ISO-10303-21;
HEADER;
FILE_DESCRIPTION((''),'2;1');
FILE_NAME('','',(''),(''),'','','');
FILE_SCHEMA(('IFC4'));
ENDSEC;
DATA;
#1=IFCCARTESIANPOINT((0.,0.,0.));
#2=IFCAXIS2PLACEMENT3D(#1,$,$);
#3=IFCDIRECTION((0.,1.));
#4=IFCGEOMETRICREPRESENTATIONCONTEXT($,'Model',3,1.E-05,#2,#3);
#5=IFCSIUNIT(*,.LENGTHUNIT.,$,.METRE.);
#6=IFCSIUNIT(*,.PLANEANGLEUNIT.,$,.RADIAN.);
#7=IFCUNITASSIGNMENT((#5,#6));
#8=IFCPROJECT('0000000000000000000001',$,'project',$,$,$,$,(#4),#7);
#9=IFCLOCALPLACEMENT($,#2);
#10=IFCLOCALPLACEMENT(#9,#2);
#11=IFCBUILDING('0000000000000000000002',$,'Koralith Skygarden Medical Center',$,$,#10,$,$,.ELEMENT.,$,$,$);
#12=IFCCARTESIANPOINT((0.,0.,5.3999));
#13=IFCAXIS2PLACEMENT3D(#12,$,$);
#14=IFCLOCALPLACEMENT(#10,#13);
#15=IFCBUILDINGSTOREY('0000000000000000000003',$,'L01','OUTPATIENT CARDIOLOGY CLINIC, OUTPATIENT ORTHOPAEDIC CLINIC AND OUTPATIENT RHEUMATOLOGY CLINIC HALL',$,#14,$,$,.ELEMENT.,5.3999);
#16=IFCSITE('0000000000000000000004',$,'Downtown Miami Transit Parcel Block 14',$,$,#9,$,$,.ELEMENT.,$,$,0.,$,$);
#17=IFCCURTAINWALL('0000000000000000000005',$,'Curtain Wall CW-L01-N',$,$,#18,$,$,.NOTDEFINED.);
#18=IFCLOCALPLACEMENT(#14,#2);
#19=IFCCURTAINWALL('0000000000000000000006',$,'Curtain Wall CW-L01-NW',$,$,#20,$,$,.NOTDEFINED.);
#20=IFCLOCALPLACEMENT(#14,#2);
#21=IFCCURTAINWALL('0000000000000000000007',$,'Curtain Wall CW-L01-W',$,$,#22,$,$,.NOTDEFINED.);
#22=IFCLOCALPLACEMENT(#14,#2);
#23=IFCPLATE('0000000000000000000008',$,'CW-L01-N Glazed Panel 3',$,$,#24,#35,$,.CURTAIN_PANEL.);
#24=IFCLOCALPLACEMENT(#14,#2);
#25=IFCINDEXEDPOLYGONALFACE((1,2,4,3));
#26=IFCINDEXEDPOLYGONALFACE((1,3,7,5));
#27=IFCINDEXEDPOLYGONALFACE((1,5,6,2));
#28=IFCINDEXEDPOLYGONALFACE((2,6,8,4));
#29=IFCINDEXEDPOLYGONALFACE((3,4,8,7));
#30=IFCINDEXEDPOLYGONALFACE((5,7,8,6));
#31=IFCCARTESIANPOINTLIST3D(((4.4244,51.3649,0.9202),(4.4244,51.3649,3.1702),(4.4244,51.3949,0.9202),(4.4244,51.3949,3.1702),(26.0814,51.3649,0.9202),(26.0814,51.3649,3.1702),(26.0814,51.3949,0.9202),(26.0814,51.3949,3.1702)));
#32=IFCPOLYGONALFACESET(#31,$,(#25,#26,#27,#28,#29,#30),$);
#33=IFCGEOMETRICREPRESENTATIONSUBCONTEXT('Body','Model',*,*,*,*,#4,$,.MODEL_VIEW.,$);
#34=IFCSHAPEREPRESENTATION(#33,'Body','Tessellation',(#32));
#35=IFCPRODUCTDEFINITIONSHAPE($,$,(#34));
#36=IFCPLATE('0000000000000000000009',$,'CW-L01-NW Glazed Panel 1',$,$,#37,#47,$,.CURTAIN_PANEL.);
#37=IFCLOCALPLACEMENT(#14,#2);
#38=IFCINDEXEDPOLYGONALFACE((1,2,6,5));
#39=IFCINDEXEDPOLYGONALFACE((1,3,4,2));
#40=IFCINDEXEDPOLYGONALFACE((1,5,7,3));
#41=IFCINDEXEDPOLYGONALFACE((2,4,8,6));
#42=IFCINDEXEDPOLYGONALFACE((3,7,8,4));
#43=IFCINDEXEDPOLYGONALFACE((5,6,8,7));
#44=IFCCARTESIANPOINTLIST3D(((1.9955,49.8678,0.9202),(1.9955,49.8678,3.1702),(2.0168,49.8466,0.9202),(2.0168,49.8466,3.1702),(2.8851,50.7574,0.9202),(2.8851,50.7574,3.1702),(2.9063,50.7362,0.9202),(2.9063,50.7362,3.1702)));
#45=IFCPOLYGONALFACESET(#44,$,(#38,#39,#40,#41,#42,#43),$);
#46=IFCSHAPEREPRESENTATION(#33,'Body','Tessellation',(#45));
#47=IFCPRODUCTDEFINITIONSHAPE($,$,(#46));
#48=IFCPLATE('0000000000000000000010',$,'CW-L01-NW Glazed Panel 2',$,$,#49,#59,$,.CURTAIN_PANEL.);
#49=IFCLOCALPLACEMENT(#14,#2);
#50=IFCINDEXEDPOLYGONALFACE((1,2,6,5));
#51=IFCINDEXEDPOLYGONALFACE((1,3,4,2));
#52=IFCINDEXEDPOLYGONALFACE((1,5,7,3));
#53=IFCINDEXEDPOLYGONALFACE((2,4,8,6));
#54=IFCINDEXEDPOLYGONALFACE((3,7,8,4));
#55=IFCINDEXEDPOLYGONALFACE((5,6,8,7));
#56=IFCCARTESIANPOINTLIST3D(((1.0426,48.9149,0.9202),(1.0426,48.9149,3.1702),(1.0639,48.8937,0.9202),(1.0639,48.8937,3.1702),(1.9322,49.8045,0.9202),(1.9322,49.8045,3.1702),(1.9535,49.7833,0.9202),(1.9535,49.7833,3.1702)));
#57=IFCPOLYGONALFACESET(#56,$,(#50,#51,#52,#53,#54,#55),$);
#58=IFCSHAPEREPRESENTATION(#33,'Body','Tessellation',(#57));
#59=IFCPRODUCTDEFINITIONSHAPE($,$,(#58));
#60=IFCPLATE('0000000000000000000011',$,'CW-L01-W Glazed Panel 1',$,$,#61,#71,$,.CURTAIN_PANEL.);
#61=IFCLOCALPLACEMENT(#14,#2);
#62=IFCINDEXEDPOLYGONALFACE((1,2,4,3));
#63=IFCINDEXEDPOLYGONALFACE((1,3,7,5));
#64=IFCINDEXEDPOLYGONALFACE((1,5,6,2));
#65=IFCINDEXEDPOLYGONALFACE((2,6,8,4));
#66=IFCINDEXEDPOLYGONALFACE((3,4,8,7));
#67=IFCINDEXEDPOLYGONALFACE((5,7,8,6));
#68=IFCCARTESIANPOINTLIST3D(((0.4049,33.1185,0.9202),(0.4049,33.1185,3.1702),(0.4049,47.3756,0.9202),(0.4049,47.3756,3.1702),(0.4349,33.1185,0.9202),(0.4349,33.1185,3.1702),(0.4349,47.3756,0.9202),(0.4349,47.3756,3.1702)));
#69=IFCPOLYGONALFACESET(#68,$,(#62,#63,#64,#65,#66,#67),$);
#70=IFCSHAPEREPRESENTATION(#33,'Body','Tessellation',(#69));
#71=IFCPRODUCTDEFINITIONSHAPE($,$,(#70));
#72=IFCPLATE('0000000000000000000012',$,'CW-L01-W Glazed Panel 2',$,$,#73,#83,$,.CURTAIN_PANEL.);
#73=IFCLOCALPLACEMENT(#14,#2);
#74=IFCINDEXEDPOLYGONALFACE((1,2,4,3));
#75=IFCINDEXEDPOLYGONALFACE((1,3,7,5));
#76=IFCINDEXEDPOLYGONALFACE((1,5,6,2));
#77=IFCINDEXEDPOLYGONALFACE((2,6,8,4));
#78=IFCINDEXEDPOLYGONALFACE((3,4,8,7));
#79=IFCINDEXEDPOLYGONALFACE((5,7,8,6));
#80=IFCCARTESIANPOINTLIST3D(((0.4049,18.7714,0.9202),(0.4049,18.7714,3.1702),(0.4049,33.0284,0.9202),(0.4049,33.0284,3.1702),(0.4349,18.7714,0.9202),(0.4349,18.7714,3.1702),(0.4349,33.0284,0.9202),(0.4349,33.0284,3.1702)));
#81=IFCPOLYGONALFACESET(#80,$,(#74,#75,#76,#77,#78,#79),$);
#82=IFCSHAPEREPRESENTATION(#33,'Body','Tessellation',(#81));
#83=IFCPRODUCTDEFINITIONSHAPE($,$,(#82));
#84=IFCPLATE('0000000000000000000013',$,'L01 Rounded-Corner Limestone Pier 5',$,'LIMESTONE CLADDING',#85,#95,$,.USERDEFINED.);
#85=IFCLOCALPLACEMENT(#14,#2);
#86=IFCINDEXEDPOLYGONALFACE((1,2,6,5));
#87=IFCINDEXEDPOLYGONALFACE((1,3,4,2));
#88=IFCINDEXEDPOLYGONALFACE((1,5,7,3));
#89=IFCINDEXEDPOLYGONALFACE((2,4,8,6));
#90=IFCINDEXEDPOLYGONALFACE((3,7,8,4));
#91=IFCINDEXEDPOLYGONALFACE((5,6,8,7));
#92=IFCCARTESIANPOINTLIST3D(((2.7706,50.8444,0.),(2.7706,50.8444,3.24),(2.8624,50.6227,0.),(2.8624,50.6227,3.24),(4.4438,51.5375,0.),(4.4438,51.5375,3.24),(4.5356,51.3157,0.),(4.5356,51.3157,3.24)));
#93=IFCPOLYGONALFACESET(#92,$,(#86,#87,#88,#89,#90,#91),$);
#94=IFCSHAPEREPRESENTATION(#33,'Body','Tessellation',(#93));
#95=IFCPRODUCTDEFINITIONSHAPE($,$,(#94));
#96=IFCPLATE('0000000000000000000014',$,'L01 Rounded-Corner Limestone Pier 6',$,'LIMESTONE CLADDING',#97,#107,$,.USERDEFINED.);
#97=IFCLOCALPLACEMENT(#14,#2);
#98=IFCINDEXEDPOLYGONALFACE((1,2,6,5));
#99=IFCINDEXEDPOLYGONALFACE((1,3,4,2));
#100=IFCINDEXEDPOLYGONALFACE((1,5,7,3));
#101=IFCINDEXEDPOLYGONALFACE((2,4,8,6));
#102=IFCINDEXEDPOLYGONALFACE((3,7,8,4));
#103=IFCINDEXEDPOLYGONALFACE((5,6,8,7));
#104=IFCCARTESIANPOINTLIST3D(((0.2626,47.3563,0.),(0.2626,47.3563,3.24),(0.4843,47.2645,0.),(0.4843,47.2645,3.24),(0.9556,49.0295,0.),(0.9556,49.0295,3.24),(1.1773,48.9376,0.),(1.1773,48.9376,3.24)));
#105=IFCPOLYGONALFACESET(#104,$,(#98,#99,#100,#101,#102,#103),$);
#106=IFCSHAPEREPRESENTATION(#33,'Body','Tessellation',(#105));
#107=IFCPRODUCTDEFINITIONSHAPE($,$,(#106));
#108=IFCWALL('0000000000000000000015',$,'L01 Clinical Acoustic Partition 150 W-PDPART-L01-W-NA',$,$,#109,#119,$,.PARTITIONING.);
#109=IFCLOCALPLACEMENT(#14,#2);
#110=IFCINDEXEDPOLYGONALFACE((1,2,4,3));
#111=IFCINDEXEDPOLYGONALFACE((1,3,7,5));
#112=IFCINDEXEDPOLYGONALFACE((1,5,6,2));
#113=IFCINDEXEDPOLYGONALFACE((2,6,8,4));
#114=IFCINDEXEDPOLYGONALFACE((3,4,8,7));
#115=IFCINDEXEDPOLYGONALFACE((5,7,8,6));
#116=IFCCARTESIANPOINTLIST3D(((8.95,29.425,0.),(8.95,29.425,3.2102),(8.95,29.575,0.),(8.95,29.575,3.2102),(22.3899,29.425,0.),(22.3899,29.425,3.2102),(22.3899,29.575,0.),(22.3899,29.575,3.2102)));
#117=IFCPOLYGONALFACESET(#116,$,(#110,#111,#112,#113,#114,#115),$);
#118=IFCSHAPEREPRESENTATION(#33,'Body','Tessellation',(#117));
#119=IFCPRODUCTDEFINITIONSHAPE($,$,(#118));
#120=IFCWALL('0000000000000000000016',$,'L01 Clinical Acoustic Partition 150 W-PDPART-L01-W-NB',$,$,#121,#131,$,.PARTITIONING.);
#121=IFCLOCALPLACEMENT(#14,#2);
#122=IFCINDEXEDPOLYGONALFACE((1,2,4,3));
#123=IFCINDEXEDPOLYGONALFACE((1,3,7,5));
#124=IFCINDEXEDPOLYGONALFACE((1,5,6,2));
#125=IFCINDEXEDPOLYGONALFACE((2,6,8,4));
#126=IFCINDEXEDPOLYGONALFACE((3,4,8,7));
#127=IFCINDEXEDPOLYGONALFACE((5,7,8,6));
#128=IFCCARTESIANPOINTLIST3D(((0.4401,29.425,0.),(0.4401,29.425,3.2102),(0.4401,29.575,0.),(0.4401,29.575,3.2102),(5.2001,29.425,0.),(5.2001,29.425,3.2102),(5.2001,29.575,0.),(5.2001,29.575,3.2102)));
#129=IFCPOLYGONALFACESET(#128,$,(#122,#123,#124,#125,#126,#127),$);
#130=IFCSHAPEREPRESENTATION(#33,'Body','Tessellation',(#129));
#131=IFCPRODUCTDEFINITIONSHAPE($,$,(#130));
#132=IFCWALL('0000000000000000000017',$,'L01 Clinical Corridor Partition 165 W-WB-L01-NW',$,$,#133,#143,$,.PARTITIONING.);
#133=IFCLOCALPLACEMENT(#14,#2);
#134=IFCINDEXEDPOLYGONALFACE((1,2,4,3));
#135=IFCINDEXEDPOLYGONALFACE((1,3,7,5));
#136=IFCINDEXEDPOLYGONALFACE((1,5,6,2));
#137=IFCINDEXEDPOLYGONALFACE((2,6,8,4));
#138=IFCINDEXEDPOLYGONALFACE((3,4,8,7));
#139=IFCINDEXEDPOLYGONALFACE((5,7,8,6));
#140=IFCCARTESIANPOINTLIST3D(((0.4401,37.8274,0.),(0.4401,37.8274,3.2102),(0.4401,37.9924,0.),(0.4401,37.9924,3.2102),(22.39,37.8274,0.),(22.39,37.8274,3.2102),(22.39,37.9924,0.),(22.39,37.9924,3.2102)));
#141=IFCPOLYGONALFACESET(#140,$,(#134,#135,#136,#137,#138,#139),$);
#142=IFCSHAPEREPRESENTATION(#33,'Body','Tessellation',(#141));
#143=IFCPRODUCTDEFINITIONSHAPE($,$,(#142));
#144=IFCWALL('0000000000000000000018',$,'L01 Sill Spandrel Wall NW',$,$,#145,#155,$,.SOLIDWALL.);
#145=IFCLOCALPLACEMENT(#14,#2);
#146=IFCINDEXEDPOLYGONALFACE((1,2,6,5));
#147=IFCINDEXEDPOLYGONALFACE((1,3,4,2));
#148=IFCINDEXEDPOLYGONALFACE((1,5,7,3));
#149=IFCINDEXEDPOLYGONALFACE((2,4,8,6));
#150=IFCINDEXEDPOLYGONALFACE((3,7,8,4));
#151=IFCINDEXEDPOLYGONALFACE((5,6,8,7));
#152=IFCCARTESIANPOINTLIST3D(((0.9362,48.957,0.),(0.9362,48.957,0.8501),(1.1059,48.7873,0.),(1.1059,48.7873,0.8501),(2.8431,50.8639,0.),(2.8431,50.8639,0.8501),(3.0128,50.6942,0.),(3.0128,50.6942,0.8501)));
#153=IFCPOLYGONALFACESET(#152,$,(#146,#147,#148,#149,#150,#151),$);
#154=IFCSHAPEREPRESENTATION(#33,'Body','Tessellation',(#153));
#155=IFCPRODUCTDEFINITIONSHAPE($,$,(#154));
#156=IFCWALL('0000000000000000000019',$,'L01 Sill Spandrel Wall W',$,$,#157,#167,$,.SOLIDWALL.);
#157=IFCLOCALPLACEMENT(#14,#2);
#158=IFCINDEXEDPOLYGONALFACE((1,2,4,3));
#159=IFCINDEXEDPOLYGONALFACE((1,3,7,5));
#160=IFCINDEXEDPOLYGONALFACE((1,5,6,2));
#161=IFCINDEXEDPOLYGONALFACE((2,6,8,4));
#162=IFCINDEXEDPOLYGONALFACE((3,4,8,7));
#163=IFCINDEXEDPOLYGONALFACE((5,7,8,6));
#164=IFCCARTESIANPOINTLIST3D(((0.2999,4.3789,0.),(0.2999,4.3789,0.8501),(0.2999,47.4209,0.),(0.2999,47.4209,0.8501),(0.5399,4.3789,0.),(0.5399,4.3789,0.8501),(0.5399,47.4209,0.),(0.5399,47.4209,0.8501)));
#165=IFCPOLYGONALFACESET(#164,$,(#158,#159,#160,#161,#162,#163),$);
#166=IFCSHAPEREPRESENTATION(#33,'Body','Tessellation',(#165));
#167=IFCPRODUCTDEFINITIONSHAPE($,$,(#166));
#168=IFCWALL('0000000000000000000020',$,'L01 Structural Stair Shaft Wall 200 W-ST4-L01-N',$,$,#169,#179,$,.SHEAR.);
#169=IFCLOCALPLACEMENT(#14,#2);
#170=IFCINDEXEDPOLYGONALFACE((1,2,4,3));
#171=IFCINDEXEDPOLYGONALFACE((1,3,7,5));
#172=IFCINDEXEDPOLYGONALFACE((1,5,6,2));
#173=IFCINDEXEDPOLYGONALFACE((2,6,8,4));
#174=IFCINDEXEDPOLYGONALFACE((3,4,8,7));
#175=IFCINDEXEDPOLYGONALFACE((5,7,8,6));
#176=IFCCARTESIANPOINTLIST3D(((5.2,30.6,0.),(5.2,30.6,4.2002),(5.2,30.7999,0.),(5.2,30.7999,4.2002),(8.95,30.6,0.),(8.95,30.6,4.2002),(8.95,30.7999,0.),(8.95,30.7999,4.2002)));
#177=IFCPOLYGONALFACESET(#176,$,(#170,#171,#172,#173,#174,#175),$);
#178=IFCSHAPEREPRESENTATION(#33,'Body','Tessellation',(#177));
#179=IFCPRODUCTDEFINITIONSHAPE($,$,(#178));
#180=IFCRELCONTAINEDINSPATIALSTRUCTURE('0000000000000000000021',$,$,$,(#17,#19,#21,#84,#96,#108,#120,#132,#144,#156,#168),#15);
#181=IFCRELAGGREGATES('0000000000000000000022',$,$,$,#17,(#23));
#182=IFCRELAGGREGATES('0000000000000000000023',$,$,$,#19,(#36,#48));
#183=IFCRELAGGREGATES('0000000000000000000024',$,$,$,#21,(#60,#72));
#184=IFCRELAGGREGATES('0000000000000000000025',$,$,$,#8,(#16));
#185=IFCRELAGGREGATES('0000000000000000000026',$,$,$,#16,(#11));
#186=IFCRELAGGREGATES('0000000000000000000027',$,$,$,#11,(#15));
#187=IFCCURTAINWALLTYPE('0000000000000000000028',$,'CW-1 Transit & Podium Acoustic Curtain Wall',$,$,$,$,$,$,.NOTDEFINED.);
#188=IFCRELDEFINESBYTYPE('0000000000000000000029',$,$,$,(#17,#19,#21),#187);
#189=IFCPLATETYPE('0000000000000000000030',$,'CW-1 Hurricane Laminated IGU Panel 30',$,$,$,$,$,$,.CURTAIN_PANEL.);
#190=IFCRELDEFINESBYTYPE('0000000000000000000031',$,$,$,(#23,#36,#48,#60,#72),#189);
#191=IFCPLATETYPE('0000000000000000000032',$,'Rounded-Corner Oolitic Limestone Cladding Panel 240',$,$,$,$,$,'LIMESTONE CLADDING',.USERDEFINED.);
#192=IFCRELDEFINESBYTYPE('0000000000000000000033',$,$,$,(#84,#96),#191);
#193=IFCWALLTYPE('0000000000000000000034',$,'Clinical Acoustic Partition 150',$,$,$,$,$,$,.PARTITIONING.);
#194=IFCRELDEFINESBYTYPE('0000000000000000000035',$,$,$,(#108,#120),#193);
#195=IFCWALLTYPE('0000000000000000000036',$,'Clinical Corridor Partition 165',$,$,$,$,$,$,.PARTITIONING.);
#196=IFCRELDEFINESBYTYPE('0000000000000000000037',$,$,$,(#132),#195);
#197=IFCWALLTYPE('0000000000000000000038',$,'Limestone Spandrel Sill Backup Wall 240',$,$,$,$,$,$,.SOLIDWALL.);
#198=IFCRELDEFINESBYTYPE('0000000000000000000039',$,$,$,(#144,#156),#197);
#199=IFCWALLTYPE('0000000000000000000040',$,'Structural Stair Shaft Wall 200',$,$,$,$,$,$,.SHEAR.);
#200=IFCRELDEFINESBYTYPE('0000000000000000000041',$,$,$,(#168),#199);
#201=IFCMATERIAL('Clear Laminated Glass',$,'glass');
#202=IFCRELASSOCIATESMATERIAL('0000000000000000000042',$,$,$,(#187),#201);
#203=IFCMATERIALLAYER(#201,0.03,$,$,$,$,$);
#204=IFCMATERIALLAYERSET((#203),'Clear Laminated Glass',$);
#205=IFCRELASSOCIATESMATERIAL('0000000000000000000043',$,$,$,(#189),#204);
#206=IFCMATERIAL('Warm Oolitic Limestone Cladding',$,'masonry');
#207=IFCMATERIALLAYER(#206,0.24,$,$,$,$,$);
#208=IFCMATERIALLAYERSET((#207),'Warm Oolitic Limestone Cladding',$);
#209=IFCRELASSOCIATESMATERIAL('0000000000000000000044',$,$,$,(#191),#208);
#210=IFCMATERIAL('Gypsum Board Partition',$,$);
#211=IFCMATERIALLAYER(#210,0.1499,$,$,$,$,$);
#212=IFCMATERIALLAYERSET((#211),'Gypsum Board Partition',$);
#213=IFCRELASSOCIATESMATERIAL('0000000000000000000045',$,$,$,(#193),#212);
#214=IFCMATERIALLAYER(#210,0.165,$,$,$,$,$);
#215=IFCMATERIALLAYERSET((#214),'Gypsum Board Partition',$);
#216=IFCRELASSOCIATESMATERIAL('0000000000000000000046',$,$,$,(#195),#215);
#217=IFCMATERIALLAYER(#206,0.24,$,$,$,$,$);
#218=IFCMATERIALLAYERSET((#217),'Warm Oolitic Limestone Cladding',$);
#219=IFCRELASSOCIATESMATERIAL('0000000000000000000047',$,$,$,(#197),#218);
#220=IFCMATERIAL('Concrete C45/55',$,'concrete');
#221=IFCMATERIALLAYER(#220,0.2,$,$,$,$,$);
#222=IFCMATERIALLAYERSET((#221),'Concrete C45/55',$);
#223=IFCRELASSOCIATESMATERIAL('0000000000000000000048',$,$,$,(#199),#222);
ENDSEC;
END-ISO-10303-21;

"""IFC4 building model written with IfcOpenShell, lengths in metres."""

from ifc_helpers import new_model, si_unit, direction, frame, frame_2d, origin, origin_2d, place, context, subcontext, project, spatial, rectangle, extrude, material, layer, layer_set, type_object, element, aggregate, save


model = new_model("IFC4")

# Units and contexts
model_context = context("Model", 3, precision=1e-05, world=origin(), true_north=direction((0.0, 1.0)))
body_context = subcontext(model_context, "Body", "Model", "MODEL_VIEW")
ifc_project = project(units=[si_unit("LENGTHUNIT", "METRE"), si_unit("PLANEANGLEUNIT", "RADIAN")], contexts=[model_context])

# Site, building, storey
site_placement = place(None, origin())
site = spatial("IfcSite", under=ifc_project, at=site_placement, Name="Downtown Miami Transit Parcel Block 14", CompositionType="ELEMENT", RefElevation=0.0)
building_placement = place(site_placement, origin())
building = spatial("IfcBuilding", under=site, at=building_placement, Name="Koralith Skygarden Medical Center", CompositionType="ELEMENT")
storey_placement = place(building_placement, frame((0.0, 0.0, 5.3999)))
storey = spatial("IfcBuildingStorey", under=building, at=storey_placement, Name="L01", Description="OUTPATIENT CARDIOLOGY CLINIC, OUTPATIENT ORTHOPAEDIC CLINIC AND OUTPATIENT RHEUMATOLOGY CLINIC HALL", CompositionType="ELEMENT", Elevation=5.3999)

# Curtain wall
ifc_material_1 = material(Name="Clear Laminated Glass", Category="glass")
curtain_wall_type = type_object("IfcCurtainWallType", Name="CW-1 Transit & Podium Acoustic Curtain Wall", PredefinedType="NOTDEFINED", material=ifc_material_1)
curtain_wall_1_placement = place(storey_placement, origin())
curtain_wall_1 = element("IfcCurtainWall", 1, at=curtain_wall_1_placement, inside=storey, type_object=curtain_wall_type, Name="Curtain Wall CW-L01-N", PredefinedType="NOTDEFINED")

# Curtain walls
curtain_wall_2_placement = place(storey_placement, origin())
curtain_wall_2 = element("IfcCurtainWall", 2, at=curtain_wall_2_placement, inside=storey, type_object=curtain_wall_type, Name="Curtain Wall CW-L01-NW", PredefinedType="NOTDEFINED")
curtain_wall_3_placement = place(storey_placement, origin())
curtain_wall_3 = element("IfcCurtainWall", 3, at=curtain_wall_3_placement, inside=storey, type_object=curtain_wall_type, Name="Curtain Wall CW-L01-W", PredefinedType="NOTDEFINED")

# Plates
ifc_layer_1 = layer(ifc_material_1, 0.03)
ifc_layer_set_1 = layer_set([ifc_layer_1], Name="Clear Laminated Glass")
plate_type_1 = type_object("IfcPlateType", Name="CW-1 Hurricane Laminated IGU Panel 30", PredefinedType="CURTAIN_PANEL", material=ifc_layer_set_1)
plate_1_placement = place(storey_placement, frame((15.2529, 51.3799, 0.9202), z_axis=(0.0, 0.0, 1.0), x_axis=(-1.0, 0.0, 0.0)))
plate_1 = element("IfcPlate", 4, at=plate_1_placement, type_object=plate_type_1, Name="CW-L01-N Glazed Panel 3", PredefinedType="CURTAIN_PANEL", context=body_context, shape_type="SweptSolid", body=[
    extrude(rectangle(XDim=21.657, YDim=0.03, at=origin_2d()), origin(), (0.0, 0.0, 1.0), 2.25),
])
aggregate(curtain_wall_1, [plate_1])
plate_2_placement = place(storey_placement, frame((2.4509, 50.302, 0.9202), z_axis=(0.0, 0.0, 1.0), x_axis=(-0.707107, -0.707107, 0.0)))
plate_2 = element("IfcPlate", 5, at=plate_2_placement, type_object=plate_type_1, Name="CW-L01-NW Glazed Panel 1", PredefinedType="CURTAIN_PANEL", context=body_context, shape_type="SweptSolid", body=[
    extrude(rectangle(XDim=1.2581, YDim=0.03, at=origin_2d()), origin(), (0.0, 0.0, 1.0), 2.25),
])
plate_3_placement = place(storey_placement, frame((1.498, 49.3491, 0.9202), z_axis=(0.0, 0.0, 1.0), x_axis=(-0.707107, -0.707107, 0.0)))
plate_3 = element("IfcPlate", 6, at=plate_3_placement, type_object=plate_type_1, Name="CW-L01-NW Glazed Panel 2", PredefinedType="CURTAIN_PANEL", context=body_context, shape_type="SweptSolid", body=[
    extrude(rectangle(XDim=1.2581, YDim=0.03, at=origin_2d()), origin(), (0.0, 0.0, 1.0), 2.25),
])
aggregate(curtain_wall_2, [plate_2, plate_3])
plate_4_placement = place(storey_placement, frame((0.4199, 40.2471, 0.9202), z_axis=(0.0, 0.0, 1.0), x_axis=(0.0, -1.0, 0.0)))
plate_4 = element("IfcPlate", 7, at=plate_4_placement, type_object=plate_type_1, Name="CW-L01-W Glazed Panel 1", PredefinedType="CURTAIN_PANEL", context=body_context, shape_type="SweptSolid", body=[
    extrude(rectangle(XDim=14.2571, YDim=0.03, at=origin_2d()), origin(), (0.0, 0.0, 1.0), 2.25),
])
plate_5_placement = place(storey_placement, frame((0.4199, 25.8999, 0.9202), z_axis=(0.0, 0.0, 1.0), x_axis=(0.0, -1.0, 0.0)))
plate_5 = element("IfcPlate", 8, at=plate_5_placement, type_object=plate_type_1, Name="CW-L01-W Glazed Panel 2", PredefinedType="CURTAIN_PANEL", context=body_context, shape_type="SweptSolid", body=[
    extrude(rectangle(XDim=14.2571, YDim=0.03, at=origin_2d()), origin(), (0.0, 0.0, 1.0), 2.25),
])
aggregate(curtain_wall_3, [plate_4, plate_5])

# Plates
ifc_material_2 = material(Name="Warm Oolitic Limestone Cladding", Category="masonry")
ifc_layer_2 = layer(ifc_material_2, 0.24)
ifc_layer_set_2 = layer_set([ifc_layer_2], Name="Warm Oolitic Limestone Cladding")
plate_type_2 = type_object("IfcPlateType", Name="Rounded-Corner Oolitic Limestone Cladding Panel 240", ElementType="LIMESTONE CLADDING", PredefinedType="USERDEFINED", material=ifc_layer_set_2)
for number, where, z_axis, x_axis, name in (
    (9, (3.6531, 51.0801, 0.0), (0.0, 0.0, 1.0), (-0.923885, -0.382671, 0.0), "L01 Rounded-Corner Limestone Pier 5"),
    (10, (0.72, 48.147, 0.0), (0.0, 0.0, 1.0), (-0.382671, -0.923885, 0.0), "L01 Rounded-Corner Limestone Pier 6"),
):
    element("IfcPlate", number, at=place(storey_placement, frame(where, z_axis=z_axis, x_axis=x_axis)), inside=storey, type_object=plate_type_2, Name=name, ObjectType="LIMESTONE CLADDING", PredefinedType="USERDEFINED", context=body_context, shape_type="SweptSolid", body=[
        extrude(rectangle(XDim=1.811, YDim=0.24, at=origin_2d()), origin(), (0.0, 0.0, 1.0), 3.24),
    ])

# Walls
ifc_material_3 = material(Name="Gypsum Board Partition")
ifc_layer_3 = layer(ifc_material_3, 0.1499)
ifc_layer_set_3 = layer_set([ifc_layer_3], Name="Gypsum Board Partition")
wall_type_1 = type_object("IfcWallType", Name="Clinical Acoustic Partition 150", PredefinedType="PARTITIONING", material=ifc_layer_set_3)
wall_1_placement = place(storey_placement, frame((8.95, 29.5, 0.0), z_axis=(0.0, 0.0, 1.0), x_axis=(1.0, 0.0, 0.0)))
element("IfcWall", 11, at=wall_1_placement, inside=storey, type_object=wall_type_1, Name="L01 Clinical Acoustic Partition 150 W-PDPART-L01-W-NA", PredefinedType="PARTITIONING", context=body_context, shape_type="SweptSolid", body=[
    extrude(rectangle(XDim=13.4399, YDim=0.1499, at=frame_2d((6.72, 0.0))), origin(), (0.0, 0.0, 1.0), 3.2102),
])
wall_2_placement = place(storey_placement, frame((5.2, 29.5, 0.0), z_axis=(0.0, 0.0, 1.0), x_axis=(-1.0, 0.0, 0.0)))
element("IfcWall", 12, at=wall_2_placement, inside=storey, type_object=wall_type_1, Name="L01 Clinical Acoustic Partition 150 W-PDPART-L01-W-NB", PredefinedType="PARTITIONING", context=body_context, shape_type="SweptSolid", body=[
    extrude(rectangle(XDim=4.76, YDim=0.1499, at=frame_2d((2.3799, 0.0))), origin(), (0.0, 0.0, 1.0), 3.2102),
])
ifc_layer_4 = layer(ifc_material_3, 0.165)
ifc_layer_set_4 = layer_set([ifc_layer_4], Name="Gypsum Board Partition")
wall_type_2 = type_object("IfcWallType", Name="Clinical Corridor Partition 165", PredefinedType="PARTITIONING", material=ifc_layer_set_4)
wall_3_placement = place(storey_placement, frame((0.4399, 37.9099, 0.0), z_axis=(0.0, 0.0, 1.0), x_axis=(1.0, 0.0, 0.0)))
element("IfcWall", 13, at=wall_3_placement, inside=storey, type_object=wall_type_2, Name="L01 Clinical Corridor Partition 165 W-WB-L01-NW", PredefinedType="PARTITIONING", context=body_context, shape_type="SweptSolid", body=[
    extrude(rectangle(XDim=21.95, YDim=0.165, at=frame_2d((10.9751, 0.0))), origin(), (0.0, 0.0, 1.0), 3.2102),
])
ifc_layer_5 = layer(ifc_material_2, 0.24)
ifc_layer_set_5 = layer_set([ifc_layer_5], Name="Warm Oolitic Limestone Cladding")
wall_type_3 = type_object("IfcWallType", Name="Limestone Spandrel Sill Backup Wall 240", PredefinedType="SOLIDWALL", material=ifc_layer_set_5)
wall_4_placement = place(storey_placement, frame((2.928, 50.7791, 0.0), z_axis=(0.0, 0.0, 1.0), x_axis=(-0.707107, -0.707107, 0.0)))
element("IfcWall", 14, at=wall_4_placement, inside=storey, type_object=wall_type_3, Name="L01 Sill Spandrel Wall NW", PredefinedType="SOLIDWALL", context=body_context, shape_type="SweptSolid", body=[
    extrude(rectangle(XDim=2.6968, YDim=0.24, at=frame_2d((1.3484, 0.0))), origin(), (0.0, 0.0, 1.0), 0.8501),
])
wall_5_placement = place(storey_placement, frame((0.4199, 47.4209, 0.0), z_axis=(0.0, 0.0, 1.0), x_axis=(0.0, -1.0, 0.0)))
element("IfcWall", 15, at=wall_5_placement, inside=storey, type_object=wall_type_3, Name="L01 Sill Spandrel Wall W", PredefinedType="SOLIDWALL", context=body_context, shape_type="SweptSolid", body=[
    extrude(rectangle(XDim=43.042, YDim=0.24, at=frame_2d((21.521, 0.0))), origin(), (0.0, 0.0, 1.0), 0.8501),
])
ifc_material_4 = material(Name="Concrete C45/55", Category="concrete")
ifc_layer_6 = layer(ifc_material_4, 0.2)
ifc_layer_set_6 = layer_set([ifc_layer_6], Name="Concrete C45/55")
wall_type_4 = type_object("IfcWallType", Name="Structural Stair Shaft Wall 200", PredefinedType="SHEAR", material=ifc_layer_set_6)
wall_6_placement = place(storey_placement, frame((5.2, 30.7, 0.0), z_axis=(0.0, 0.0, 1.0), x_axis=(1.0, 0.0, 0.0)))
element("IfcWall", 16, at=wall_6_placement, inside=storey, type_object=wall_type_4, Name="L01 Structural Stair Shaft Wall 200 W-ST4-L01-N", PredefinedType="SHEAR", context=body_context, shape_type="SweptSolid", body=[
    extrude(rectangle(XDim=3.75, YDim=0.2, at=frame_2d((1.875, 0.0))), origin(), (0.0, 0.0, 1.0), 4.2002),
])

save(model, "model.ifc")
